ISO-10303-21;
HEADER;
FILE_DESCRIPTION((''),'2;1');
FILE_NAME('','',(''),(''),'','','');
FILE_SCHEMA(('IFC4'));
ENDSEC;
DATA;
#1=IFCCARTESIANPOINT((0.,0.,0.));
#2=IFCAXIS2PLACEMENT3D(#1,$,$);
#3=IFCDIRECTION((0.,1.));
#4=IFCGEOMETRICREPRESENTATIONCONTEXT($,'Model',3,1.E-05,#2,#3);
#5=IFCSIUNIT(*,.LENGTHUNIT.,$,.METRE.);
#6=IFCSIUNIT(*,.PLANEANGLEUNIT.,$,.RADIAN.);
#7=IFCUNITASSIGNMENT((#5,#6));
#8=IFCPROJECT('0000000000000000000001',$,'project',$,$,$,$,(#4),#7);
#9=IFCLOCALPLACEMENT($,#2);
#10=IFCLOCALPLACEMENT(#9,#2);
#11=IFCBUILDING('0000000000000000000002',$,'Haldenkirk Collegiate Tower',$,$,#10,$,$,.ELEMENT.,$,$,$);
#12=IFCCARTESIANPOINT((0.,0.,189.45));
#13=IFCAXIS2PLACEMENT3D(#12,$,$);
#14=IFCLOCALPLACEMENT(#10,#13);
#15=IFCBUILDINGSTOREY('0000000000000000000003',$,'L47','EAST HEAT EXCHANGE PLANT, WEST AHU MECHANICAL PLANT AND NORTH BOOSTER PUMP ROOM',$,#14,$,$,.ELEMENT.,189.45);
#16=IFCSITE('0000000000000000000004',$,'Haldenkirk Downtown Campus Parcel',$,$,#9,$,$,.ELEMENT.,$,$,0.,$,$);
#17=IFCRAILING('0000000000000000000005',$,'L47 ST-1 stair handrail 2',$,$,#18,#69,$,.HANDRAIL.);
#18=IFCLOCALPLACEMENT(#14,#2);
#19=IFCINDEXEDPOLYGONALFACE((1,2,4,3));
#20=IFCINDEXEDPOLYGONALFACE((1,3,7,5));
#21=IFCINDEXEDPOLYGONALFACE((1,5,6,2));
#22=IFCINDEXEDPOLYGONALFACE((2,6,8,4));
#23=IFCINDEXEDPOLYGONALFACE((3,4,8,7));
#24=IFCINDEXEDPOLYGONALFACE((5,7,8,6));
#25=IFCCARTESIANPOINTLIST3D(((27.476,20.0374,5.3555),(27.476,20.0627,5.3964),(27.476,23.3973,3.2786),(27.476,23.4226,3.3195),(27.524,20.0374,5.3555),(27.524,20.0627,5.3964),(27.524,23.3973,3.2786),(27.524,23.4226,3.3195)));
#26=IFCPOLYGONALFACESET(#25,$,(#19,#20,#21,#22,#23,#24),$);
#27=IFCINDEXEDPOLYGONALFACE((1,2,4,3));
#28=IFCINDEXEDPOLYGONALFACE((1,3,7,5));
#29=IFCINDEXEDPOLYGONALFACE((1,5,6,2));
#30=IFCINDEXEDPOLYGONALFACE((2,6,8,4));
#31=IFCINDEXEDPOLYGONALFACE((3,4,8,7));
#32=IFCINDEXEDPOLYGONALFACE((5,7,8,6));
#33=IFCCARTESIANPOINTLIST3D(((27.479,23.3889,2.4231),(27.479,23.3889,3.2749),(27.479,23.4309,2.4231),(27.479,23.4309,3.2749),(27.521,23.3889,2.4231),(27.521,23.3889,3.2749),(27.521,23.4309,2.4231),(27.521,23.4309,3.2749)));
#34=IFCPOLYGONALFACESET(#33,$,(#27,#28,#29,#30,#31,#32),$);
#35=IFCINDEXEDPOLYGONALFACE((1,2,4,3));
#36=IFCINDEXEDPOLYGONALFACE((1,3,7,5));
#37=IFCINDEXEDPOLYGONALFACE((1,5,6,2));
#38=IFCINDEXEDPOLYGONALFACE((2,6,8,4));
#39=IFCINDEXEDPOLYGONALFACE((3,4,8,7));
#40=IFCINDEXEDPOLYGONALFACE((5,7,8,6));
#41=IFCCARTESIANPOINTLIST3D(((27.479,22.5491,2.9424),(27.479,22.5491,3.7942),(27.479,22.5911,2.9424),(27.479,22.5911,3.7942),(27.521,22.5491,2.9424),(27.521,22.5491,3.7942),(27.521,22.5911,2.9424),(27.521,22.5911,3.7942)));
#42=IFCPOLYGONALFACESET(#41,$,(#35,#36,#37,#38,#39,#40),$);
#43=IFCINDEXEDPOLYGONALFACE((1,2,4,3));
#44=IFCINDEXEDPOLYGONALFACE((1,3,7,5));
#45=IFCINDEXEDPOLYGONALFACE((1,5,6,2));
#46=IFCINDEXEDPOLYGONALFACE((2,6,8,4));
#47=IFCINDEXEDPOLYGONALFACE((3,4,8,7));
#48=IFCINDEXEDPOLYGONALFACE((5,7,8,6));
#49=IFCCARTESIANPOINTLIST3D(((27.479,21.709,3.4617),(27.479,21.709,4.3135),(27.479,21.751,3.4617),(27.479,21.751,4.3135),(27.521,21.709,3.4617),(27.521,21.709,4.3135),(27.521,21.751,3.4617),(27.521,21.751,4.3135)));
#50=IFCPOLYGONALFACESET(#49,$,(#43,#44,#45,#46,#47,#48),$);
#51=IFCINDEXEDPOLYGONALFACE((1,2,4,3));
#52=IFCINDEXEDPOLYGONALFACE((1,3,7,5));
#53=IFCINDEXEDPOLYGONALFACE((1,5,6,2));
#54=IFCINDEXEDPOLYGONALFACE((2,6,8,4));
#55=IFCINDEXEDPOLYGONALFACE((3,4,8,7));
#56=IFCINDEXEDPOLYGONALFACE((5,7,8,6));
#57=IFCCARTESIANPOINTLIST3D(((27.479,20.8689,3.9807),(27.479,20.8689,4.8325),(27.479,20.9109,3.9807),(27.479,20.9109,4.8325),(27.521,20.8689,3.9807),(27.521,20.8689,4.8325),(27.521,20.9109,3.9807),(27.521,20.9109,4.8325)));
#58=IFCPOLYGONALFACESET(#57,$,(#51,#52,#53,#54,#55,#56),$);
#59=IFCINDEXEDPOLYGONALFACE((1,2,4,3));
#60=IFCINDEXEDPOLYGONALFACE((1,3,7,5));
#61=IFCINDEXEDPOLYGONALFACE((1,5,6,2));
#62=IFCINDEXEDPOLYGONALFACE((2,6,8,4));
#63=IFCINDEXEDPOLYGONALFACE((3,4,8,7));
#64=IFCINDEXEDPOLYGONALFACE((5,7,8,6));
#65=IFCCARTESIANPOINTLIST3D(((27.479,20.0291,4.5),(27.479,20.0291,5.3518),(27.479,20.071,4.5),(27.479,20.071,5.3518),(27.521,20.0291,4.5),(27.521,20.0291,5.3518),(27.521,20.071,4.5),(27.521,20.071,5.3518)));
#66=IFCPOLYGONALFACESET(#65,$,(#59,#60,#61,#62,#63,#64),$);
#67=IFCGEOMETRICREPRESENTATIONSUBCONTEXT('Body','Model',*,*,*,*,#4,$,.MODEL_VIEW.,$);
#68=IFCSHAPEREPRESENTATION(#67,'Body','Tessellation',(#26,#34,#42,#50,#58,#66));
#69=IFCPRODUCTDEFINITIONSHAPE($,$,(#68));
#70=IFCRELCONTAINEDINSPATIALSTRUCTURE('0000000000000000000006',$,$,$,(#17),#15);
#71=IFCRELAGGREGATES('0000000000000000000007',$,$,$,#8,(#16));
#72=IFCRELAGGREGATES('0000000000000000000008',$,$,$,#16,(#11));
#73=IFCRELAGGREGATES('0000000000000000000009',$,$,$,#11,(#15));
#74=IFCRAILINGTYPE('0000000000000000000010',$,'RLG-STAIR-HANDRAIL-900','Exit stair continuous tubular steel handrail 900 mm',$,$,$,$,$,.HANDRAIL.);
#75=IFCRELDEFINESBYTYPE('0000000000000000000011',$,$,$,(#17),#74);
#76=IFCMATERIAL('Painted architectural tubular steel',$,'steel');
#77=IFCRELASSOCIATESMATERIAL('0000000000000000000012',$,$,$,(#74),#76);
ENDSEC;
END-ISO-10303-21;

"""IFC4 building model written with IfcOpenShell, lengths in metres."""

from ifc_helpers import new_model, si_unit, direction, frame, origin, origin_2d, place, context, subcontext, project, spatial, rectangle, extrude, material, type_object, element, save


model = new_model("IFC4")

# Units and contexts
model_context = context("Model", 3, precision=1e-05, world=origin(), true_north=direction((0.0, 1.0)))
body_context = subcontext(model_context, "Body", "Model", "MODEL_VIEW")
ifc_project = project(units=[si_unit("LENGTHUNIT", "METRE"), si_unit("PLANEANGLEUNIT", "RADIAN")], contexts=[model_context])

# Site, building, storey
site_placement = place(None, origin())
site = spatial("IfcSite", under=ifc_project, at=site_placement, Name="Haldenkirk Downtown Campus Parcel", CompositionType="ELEMENT", RefElevation=0.0)
building_placement = place(site_placement, origin())
building = spatial("IfcBuilding", under=site, at=building_placement, Name="Haldenkirk Collegiate Tower", CompositionType="ELEMENT")
storey_placement = place(building_placement, frame((0.0, 0.0, 189.45)))
storey = spatial("IfcBuildingStorey", under=building, at=storey_placement, Name="L47", Description="EAST HEAT EXCHANGE PLANT, WEST AHU MECHANICAL PLANT AND NORTH BOOSTER PUMP ROOM", CompositionType="ELEMENT", Elevation=189.45)

# Railing
ifc_material_1 = material(Name="Painted architectural tubular steel", Category="steel")
railing_type_1 = type_object("IfcRailingType", Name="RLG-STAIR-HANDRAIL-900", Description="Exit stair continuous tubular steel handrail 900 mm", PredefinedType="HANDRAIL", material=ifc_material_1)
railing_1_placement = place(storey_placement, frame((27.5, 23.4099, 2.4231)))
element("IfcRailing", 1, at=railing_1_placement, inside=storey, type_object=railing_type_1, Name="L47 ST-1 stair handrail 2", PredefinedType="HANDRAIL", context=body_context, shape_type="SweptSolid", body=[
    extrude(rectangle(XDim=0.0481, YDim=0.0481, at=origin_2d()), frame((0.0, 0.0, 0.876), z_axis=(0.0, -0.850606, 0.525803), x_axis=(1.0, 0.0, 0.0)), (0.0, 0.0, 1.0), 3.95),
    extrude(rectangle(XDim=0.042, YDim=0.042, at=origin_2d()), origin(), (0.0, 0.0, 1.0), 0.8518),
    extrude(rectangle(XDim=0.042, YDim=0.042, at=origin_2d()), frame((0.0, -0.8398, 0.5193)), (0.0, 0.0, 1.0), 0.8518),
    extrude(rectangle(XDim=0.042, YDim=0.042, at=origin_2d()), frame((0.0, -1.6799, 1.0386)), (0.0, 0.0, 1.0), 0.8518),
    extrude(rectangle(XDim=0.042, YDim=0.042, at=origin_2d()), frame((0.0, -2.52, 1.5576)), (0.0, 0.0, 1.0), 0.8518),
    extrude(rectangle(XDim=0.042, YDim=0.042, at=origin_2d()), frame((0.0, -3.3599, 2.0769)), (0.0, 0.0, 1.0), 0.8518),
])

save(model, "model.ifc")
